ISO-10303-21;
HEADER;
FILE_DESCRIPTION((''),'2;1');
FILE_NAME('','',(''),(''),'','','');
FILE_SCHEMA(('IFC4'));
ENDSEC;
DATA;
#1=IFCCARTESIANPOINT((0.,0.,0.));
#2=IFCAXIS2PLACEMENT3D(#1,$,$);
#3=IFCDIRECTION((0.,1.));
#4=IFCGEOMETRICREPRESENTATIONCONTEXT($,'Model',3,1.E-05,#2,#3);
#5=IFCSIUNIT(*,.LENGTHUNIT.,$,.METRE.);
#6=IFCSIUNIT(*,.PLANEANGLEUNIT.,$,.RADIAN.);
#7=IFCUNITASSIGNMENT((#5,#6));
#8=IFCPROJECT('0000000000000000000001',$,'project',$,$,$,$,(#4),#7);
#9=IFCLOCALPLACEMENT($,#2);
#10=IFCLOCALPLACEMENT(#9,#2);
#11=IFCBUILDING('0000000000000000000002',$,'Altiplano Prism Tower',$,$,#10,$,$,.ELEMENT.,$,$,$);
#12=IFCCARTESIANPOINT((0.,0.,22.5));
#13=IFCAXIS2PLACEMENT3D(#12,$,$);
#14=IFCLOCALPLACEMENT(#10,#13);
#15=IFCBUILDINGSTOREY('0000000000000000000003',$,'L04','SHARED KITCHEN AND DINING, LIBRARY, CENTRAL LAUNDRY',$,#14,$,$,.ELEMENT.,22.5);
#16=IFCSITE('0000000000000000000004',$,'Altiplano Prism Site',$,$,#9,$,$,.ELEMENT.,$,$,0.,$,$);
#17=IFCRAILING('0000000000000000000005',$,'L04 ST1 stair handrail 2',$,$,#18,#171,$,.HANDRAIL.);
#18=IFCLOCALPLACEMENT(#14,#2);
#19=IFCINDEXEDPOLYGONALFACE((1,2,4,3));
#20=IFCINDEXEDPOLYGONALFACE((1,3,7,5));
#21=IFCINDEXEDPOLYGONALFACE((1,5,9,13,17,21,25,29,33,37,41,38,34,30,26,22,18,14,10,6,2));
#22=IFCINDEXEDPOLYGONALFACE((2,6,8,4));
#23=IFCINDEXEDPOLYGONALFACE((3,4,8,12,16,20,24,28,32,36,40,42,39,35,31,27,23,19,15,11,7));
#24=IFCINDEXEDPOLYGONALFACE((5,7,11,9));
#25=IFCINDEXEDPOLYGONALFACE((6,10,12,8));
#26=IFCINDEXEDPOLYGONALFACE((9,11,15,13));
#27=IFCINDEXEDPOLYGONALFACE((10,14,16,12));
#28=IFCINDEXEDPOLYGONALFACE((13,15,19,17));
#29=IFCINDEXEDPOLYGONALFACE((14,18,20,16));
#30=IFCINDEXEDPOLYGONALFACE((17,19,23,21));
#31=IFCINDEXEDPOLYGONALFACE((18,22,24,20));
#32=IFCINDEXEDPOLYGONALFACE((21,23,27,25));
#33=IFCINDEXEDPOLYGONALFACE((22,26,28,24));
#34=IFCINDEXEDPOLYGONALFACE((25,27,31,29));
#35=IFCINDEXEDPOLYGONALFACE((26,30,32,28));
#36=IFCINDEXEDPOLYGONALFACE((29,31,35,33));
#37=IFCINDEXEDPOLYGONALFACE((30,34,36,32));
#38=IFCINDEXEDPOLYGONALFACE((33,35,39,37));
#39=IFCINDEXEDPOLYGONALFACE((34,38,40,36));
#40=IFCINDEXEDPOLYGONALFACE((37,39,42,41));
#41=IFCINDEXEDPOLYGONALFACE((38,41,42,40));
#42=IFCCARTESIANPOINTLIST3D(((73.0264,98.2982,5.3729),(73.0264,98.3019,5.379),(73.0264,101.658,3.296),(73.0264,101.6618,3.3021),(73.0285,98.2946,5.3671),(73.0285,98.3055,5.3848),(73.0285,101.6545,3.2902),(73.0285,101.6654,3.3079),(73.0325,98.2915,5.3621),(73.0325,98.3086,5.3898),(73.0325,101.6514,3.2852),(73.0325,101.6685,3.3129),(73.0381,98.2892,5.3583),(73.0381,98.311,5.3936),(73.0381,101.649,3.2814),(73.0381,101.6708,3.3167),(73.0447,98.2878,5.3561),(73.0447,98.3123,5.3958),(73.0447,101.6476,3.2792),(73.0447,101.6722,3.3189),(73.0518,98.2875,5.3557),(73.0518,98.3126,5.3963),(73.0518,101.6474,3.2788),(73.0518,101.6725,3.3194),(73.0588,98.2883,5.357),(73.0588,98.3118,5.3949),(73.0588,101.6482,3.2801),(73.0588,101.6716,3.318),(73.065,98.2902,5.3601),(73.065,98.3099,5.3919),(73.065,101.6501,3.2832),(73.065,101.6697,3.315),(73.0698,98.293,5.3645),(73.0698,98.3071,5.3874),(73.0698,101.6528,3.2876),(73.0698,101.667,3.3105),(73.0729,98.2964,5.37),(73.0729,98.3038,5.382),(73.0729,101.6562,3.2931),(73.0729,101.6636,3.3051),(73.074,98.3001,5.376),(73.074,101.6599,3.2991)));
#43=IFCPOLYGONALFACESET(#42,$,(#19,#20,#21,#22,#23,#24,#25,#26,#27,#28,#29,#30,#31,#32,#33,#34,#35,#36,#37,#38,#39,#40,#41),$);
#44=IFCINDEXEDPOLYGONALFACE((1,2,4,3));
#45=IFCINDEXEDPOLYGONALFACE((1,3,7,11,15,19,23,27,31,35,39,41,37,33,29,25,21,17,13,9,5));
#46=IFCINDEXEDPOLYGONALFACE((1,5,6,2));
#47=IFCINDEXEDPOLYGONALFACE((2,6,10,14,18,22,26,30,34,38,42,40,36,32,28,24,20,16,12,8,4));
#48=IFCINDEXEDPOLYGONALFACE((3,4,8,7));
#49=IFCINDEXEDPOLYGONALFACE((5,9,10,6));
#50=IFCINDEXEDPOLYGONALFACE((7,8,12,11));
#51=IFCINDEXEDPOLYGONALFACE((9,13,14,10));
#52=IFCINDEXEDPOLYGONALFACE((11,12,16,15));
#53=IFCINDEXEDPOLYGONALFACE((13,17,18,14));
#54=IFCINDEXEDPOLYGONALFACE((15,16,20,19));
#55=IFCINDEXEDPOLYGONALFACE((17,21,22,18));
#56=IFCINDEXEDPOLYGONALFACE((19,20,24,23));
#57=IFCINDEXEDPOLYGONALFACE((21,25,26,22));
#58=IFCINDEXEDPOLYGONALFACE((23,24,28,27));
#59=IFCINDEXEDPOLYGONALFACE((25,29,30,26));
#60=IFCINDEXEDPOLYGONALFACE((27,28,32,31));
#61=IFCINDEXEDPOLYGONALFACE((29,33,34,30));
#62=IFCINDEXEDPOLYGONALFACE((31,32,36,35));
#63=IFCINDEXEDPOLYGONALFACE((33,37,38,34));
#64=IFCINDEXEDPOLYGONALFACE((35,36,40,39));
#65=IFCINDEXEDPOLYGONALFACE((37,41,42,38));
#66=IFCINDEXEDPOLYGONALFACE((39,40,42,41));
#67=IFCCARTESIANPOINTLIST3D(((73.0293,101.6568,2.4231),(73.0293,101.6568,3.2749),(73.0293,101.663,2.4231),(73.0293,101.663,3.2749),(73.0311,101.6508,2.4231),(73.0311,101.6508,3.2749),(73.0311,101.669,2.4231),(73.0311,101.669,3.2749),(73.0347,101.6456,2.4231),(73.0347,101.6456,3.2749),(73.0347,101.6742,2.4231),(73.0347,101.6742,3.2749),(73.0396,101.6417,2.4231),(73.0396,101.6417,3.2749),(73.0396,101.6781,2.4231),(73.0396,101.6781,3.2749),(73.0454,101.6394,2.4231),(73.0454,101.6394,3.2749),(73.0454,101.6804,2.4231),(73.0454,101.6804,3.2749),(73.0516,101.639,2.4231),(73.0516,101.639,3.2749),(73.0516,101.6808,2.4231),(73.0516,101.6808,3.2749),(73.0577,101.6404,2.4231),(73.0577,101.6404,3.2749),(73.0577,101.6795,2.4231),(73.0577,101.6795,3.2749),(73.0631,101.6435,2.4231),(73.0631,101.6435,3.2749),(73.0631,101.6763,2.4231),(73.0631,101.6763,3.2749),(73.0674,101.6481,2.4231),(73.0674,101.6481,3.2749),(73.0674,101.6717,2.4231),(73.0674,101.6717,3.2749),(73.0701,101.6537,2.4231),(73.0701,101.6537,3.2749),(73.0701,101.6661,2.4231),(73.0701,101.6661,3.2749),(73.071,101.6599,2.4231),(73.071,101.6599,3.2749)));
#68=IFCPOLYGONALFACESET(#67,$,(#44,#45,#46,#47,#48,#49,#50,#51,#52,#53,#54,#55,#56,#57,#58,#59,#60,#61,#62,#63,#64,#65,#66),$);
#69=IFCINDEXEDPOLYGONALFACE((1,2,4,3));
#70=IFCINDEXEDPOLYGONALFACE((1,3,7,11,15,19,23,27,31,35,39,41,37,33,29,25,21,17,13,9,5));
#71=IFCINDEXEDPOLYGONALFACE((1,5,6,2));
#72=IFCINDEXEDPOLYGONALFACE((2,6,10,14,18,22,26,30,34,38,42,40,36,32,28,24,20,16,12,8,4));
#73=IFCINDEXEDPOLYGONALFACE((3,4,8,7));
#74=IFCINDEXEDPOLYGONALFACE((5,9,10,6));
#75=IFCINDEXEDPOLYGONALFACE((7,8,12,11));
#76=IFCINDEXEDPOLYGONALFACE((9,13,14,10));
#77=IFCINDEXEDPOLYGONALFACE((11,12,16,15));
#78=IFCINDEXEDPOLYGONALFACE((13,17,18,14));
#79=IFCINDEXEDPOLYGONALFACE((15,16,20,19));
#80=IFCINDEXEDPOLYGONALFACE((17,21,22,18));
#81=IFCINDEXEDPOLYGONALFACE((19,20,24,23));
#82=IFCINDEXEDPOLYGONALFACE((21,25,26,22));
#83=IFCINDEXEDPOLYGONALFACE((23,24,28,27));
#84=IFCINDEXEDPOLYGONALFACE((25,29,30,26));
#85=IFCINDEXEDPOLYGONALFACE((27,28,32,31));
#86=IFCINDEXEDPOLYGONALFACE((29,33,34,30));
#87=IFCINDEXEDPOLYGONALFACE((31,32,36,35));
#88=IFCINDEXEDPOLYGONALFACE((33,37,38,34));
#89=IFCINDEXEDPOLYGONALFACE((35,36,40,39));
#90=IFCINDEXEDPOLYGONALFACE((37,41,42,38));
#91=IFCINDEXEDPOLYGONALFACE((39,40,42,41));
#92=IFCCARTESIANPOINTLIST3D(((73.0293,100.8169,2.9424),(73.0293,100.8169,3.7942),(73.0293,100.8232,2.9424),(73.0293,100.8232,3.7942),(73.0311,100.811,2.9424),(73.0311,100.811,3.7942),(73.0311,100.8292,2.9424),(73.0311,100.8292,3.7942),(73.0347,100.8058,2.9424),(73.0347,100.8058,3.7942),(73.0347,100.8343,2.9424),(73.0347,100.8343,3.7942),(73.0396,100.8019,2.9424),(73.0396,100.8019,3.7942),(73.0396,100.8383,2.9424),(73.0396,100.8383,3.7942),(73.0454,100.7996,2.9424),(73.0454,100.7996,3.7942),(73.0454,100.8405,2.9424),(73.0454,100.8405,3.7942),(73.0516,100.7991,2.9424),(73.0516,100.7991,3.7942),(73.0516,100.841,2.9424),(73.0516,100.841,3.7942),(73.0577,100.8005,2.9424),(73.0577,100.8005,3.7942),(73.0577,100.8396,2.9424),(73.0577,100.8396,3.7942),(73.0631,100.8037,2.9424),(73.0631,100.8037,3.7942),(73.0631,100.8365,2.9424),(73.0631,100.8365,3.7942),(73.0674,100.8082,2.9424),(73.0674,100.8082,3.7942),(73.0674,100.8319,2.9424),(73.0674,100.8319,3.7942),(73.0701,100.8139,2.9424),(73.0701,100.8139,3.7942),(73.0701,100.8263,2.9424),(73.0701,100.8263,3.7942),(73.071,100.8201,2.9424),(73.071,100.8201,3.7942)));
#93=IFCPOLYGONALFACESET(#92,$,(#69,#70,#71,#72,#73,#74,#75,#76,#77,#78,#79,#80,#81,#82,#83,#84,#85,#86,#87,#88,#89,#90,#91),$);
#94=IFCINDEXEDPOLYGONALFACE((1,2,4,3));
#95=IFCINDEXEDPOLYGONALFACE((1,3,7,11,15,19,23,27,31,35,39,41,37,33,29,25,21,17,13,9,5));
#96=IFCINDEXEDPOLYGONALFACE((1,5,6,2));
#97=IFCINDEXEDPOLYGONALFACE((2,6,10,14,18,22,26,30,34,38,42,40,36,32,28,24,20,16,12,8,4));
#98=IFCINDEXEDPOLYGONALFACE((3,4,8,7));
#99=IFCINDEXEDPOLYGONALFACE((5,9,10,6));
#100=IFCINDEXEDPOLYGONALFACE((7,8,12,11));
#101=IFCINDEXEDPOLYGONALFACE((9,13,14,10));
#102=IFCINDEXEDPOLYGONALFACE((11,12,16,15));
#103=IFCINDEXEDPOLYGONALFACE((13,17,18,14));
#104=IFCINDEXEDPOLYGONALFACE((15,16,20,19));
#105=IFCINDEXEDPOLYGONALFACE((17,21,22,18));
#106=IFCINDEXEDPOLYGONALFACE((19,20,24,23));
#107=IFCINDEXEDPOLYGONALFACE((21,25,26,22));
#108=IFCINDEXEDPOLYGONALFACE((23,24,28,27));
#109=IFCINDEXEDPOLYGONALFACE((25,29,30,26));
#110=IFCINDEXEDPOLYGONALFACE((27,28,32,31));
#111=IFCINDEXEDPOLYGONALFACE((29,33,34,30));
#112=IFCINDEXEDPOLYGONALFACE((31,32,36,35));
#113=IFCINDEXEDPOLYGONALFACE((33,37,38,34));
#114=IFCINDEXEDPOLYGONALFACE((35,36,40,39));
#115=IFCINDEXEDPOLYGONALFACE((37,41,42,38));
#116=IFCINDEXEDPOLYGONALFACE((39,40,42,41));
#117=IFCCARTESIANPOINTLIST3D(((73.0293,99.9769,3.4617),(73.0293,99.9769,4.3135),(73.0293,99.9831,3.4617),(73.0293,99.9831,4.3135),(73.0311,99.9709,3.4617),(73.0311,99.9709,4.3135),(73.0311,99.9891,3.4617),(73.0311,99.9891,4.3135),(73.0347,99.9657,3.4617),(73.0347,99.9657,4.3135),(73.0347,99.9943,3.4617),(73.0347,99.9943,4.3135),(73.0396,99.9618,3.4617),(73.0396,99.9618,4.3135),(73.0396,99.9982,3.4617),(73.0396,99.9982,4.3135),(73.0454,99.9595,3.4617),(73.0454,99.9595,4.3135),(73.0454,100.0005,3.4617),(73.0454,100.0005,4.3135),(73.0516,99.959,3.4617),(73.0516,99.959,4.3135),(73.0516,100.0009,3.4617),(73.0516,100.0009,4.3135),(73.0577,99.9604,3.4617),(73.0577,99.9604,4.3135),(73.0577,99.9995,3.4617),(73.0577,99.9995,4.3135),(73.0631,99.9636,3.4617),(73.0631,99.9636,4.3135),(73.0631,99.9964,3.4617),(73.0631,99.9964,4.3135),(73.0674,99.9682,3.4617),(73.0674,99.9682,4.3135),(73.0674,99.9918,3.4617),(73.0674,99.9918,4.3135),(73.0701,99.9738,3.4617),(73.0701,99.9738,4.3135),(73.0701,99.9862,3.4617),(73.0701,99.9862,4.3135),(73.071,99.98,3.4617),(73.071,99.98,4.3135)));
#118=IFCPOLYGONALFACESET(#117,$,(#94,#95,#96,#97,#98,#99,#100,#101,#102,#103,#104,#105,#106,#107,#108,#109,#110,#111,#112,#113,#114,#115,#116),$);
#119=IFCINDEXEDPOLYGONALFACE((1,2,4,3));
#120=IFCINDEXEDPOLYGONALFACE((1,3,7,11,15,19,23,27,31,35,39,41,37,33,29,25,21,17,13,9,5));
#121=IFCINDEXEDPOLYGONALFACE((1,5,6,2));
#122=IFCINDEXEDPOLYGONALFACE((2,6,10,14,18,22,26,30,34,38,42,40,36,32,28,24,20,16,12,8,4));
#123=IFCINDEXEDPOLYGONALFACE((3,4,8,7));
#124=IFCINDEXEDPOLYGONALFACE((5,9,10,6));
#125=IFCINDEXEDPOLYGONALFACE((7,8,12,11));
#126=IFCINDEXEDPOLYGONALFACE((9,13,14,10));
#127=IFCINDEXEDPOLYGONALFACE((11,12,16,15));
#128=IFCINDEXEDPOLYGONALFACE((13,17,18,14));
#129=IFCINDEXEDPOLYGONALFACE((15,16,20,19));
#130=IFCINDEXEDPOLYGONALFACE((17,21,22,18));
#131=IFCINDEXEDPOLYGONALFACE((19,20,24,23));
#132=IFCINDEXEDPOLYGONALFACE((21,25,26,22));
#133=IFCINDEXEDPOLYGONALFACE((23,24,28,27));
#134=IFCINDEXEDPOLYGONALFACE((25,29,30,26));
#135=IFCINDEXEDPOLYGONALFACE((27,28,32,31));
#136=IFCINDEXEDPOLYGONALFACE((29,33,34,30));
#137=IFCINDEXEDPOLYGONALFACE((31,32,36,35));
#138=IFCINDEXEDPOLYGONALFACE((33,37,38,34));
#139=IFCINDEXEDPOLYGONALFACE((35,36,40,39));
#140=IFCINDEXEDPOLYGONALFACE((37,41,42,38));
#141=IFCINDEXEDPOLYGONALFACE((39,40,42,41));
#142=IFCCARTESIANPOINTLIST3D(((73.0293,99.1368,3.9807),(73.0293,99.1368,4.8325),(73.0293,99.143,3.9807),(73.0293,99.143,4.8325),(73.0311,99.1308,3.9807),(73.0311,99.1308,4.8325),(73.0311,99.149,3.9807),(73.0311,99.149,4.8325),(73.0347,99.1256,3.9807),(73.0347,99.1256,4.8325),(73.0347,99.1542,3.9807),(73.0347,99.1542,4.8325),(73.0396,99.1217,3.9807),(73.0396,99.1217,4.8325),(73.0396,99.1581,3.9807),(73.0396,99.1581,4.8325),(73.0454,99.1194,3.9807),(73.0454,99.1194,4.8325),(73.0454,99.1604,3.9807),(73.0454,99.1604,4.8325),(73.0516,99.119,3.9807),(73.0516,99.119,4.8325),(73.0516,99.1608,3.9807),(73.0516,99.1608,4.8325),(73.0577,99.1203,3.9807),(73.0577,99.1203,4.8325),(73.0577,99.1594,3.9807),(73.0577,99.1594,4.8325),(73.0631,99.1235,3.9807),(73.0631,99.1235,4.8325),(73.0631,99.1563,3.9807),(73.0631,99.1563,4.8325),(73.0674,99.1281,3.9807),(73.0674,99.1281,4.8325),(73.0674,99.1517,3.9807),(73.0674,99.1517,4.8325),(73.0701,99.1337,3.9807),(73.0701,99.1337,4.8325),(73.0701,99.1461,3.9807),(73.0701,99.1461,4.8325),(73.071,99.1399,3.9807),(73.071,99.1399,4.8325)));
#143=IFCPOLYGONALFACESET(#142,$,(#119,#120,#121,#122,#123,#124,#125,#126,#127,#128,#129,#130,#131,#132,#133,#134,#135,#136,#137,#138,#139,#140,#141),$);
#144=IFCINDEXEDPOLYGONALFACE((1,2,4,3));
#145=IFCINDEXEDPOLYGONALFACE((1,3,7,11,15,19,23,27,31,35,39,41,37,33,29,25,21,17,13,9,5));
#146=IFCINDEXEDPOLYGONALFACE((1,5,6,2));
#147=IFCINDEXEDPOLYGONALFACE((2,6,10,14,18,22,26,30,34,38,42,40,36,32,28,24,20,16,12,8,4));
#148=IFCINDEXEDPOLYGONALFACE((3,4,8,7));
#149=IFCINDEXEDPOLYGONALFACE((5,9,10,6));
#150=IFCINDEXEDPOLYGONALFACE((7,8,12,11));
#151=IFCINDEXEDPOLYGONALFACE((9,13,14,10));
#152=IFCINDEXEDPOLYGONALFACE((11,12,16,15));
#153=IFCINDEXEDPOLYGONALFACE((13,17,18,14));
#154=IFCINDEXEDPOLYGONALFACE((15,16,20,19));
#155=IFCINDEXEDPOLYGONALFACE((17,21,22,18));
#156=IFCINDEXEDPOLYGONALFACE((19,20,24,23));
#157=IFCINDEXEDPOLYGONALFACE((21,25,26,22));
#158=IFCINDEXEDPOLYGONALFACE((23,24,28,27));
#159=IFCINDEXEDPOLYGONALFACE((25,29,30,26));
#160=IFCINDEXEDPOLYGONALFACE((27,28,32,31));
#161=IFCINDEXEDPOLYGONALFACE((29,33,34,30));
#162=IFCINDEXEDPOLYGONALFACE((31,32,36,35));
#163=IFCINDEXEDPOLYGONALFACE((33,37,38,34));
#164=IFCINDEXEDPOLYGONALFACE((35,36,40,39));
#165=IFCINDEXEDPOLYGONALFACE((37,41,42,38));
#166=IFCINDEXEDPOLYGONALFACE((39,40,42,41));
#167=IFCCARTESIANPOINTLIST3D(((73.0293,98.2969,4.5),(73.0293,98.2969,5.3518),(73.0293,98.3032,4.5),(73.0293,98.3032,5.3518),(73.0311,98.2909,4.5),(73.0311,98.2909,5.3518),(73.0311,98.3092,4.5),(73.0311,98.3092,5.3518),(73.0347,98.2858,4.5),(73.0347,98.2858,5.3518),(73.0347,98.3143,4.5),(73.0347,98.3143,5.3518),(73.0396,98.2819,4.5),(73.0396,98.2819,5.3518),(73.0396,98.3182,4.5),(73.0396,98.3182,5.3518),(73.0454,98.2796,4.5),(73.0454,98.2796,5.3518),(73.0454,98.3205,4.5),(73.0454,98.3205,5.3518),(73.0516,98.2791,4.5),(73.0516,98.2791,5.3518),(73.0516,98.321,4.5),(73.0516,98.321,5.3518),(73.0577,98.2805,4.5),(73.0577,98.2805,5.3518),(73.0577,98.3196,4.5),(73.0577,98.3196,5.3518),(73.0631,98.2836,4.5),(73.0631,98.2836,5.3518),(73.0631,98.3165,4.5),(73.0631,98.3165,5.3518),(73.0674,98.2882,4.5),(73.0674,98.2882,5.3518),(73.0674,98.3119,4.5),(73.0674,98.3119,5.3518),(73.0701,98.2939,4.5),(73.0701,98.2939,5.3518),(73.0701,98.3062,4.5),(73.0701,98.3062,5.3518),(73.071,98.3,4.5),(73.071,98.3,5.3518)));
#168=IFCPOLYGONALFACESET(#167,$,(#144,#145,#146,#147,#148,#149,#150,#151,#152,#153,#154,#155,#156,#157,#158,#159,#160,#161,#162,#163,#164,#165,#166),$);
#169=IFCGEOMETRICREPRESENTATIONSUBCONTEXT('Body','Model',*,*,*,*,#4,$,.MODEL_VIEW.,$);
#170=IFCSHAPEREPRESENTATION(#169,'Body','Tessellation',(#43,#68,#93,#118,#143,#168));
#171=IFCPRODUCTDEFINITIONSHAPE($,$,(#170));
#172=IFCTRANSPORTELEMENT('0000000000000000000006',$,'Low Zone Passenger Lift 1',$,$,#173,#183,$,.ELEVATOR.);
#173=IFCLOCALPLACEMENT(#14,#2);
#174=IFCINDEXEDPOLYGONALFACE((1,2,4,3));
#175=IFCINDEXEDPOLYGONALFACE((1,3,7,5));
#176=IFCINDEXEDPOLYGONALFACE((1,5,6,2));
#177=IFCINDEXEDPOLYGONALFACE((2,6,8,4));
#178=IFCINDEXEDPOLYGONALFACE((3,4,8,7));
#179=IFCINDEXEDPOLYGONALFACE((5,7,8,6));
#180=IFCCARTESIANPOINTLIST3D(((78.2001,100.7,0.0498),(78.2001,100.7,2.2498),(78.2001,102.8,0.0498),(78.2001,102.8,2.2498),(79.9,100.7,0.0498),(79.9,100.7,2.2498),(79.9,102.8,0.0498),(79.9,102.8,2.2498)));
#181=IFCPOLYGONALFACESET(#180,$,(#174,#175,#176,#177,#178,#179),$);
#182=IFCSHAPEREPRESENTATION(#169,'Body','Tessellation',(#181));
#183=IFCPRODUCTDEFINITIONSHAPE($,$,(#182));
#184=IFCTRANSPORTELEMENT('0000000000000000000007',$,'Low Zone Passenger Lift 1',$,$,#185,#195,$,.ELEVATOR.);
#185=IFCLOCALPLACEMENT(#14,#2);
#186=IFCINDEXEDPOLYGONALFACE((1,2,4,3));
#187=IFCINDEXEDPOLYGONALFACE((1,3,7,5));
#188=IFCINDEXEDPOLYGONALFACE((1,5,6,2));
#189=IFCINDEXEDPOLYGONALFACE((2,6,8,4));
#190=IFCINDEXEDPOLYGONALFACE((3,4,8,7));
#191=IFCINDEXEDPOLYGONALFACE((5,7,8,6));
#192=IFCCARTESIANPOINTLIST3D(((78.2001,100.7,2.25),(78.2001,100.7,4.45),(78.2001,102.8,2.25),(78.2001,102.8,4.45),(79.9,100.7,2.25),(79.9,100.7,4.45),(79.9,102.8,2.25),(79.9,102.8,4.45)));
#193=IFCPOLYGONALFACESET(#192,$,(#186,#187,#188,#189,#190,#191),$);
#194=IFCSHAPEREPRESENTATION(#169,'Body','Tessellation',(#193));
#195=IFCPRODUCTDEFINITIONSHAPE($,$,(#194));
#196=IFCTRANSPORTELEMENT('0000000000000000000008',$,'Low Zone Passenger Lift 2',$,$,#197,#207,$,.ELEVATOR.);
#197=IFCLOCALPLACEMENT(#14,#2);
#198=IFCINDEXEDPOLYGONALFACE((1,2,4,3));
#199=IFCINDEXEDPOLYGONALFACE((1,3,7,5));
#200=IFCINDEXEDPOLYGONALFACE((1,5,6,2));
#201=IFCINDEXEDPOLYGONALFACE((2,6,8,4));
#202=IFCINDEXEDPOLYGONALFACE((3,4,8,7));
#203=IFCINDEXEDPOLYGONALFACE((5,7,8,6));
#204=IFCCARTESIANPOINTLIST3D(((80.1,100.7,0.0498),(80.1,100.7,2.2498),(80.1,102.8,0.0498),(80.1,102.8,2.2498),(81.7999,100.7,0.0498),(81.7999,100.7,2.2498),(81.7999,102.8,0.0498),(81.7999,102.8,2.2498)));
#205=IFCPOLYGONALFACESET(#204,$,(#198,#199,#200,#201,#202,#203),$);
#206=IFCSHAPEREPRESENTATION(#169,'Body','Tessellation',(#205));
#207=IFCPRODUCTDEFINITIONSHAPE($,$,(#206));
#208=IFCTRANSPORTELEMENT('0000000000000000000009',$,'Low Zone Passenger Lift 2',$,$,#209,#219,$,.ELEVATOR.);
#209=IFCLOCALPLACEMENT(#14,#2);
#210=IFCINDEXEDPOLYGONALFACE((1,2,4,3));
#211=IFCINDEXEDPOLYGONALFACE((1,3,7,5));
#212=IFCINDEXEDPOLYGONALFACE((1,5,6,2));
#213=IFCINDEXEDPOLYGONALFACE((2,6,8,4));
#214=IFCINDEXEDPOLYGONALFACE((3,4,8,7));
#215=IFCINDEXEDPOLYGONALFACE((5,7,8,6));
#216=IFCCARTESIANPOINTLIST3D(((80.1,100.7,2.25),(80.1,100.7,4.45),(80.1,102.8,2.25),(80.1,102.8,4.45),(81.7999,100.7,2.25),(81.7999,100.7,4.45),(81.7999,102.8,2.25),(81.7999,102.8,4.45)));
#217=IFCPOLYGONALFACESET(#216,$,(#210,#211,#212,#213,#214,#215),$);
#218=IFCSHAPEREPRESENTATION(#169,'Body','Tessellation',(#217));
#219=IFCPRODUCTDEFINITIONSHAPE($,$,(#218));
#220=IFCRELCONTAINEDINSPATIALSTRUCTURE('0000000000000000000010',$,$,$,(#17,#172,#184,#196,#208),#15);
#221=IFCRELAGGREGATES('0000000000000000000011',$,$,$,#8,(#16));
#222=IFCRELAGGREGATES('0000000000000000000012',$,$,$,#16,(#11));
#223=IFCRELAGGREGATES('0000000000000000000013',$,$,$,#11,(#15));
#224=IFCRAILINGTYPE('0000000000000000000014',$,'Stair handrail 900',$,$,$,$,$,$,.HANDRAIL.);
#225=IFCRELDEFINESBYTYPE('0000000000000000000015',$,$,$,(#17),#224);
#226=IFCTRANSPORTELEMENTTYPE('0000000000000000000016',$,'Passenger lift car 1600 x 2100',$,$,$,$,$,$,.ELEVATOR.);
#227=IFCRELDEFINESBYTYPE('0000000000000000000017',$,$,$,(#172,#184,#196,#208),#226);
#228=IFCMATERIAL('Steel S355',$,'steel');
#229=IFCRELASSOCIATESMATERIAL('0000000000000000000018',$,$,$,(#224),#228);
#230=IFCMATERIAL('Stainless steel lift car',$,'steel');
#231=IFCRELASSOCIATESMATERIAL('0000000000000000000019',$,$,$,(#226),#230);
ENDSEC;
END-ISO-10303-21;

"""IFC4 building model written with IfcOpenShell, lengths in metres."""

from ifc_helpers import new_model, si_unit, direction, frame, origin, origin_2d, place, context, subcontext, project, spatial, rectangle, circle, extrude, material, type_object, element, save


model = new_model("IFC4")

# Units and contexts
model_context = context("Model", 3, precision=1e-05, world=origin(), true_north=direction((0.0, 1.0)))
body_context = subcontext(model_context, "Body", "Model", "MODEL_VIEW")
ifc_project = project(units=[si_unit("LENGTHUNIT", "METRE"), si_unit("PLANEANGLEUNIT", "RADIAN")], contexts=[model_context])

# Site, building, storey
site_placement = place(None, origin())
site = spatial("IfcSite", under=ifc_project, at=site_placement, Name="Altiplano Prism Site", CompositionType="ELEMENT", RefElevation=0.0)
building_placement = place(site_placement, origin())
building = spatial("IfcBuilding", under=site, at=building_placement, Name="Altiplano Prism Tower", CompositionType="ELEMENT")
storey_placement = place(building_placement, frame((0.0, 0.0, 22.5)))
storey = spatial("IfcBuildingStorey", under=building, at=storey_placement, Name="L04", Description="SHARED KITCHEN AND DINING, LIBRARY, CENTRAL LAUNDRY", CompositionType="ELEMENT", Elevation=22.5)

# Railing
ifc_material_1 = material(Name="Steel S355", Category="steel")
railing_type = type_object("IfcRailingType", Name="Stair handrail 900", PredefinedType="HANDRAIL", material=ifc_material_1)
railing_placement = place(storey_placement, frame((73.05, 101.6599, 2.4231)))
element("IfcRailing", 1, at=railing_placement, inside=storey, type_object=railing_type, Name="L04 ST1 stair handrail 2", PredefinedType="HANDRAIL", context=body_context, shape_type="SweptSolid", body=[
    extrude(circle(Radius=0.0239, at=origin_2d()), frame((0.0, 0.0, 0.876), z_axis=(0.0, -0.850606, 0.525803), x_axis=(1.0, 0.0, 0.0)), (0.0, 0.0, 1.0), 3.95),
    extrude(circle(Radius=0.021, at=origin_2d()), origin(), (0.0, 0.0, 1.0), 0.8518),
    extrude(circle(Radius=0.021, at=origin_2d()), frame((0.0, -0.8398, 0.5193)), (0.0, 0.0, 1.0), 0.8518),
    extrude(circle(Radius=0.021, at=origin_2d()), frame((0.0, -1.6799, 1.0386)), (0.0, 0.0, 1.0), 0.8518),
    extrude(circle(Radius=0.021, at=origin_2d()), frame((0.0, -2.52, 1.5576)), (0.0, 0.0, 1.0), 0.8518),
    extrude(circle(Radius=0.021, at=origin_2d()), frame((0.0, -3.3599, 2.0769)), (0.0, 0.0, 1.0), 0.8518),
])

# Transport elements
ifc_material_2 = material(Name="Stainless steel lift car", Category="steel")
transport_element_type = type_object("IfcTransportElementType", Name="Passenger lift car 1600 x 2100", PredefinedType="ELEVATOR", material=ifc_material_2)
for number, where, z_axis, x_axis, name in (
    (2, (79.05, 101.75, 0.0498), (0.0, 0.0, 1.0), (1.0, 0.0, 0.0), "Low Zone Passenger Lift 1"),
    (3, (79.05, 101.75, 2.25), (0.0, 0.0, 1.0), (1.0, 0.0, 0.0), "Low Zone Passenger Lift 1"),
    (4, (80.95, 101.75, 0.0498), (0.0, 0.0, 1.0), (1.0, 0.0, 0.0), "Low Zone Passenger Lift 2"),
    (5, (80.95, 101.75, 2.25), (0.0, 0.0, 1.0), (1.0, 0.0, 0.0), "Low Zone Passenger Lift 2"),
):
    element("IfcTransportElement", number, at=place(storey_placement, frame(where, z_axis=z_axis, x_axis=x_axis)), inside=storey, type_object=transport_element_type, Name=name, PredefinedType="ELEVATOR", context=body_context, shape_type="SweptSolid", body=[
        extrude(rectangle(XDim=1.7, YDim=2.1001, at=origin_2d()), origin(), (0.0, 0.0, 1.0), 2.2),
    ])

save(model, "model.ifc")
